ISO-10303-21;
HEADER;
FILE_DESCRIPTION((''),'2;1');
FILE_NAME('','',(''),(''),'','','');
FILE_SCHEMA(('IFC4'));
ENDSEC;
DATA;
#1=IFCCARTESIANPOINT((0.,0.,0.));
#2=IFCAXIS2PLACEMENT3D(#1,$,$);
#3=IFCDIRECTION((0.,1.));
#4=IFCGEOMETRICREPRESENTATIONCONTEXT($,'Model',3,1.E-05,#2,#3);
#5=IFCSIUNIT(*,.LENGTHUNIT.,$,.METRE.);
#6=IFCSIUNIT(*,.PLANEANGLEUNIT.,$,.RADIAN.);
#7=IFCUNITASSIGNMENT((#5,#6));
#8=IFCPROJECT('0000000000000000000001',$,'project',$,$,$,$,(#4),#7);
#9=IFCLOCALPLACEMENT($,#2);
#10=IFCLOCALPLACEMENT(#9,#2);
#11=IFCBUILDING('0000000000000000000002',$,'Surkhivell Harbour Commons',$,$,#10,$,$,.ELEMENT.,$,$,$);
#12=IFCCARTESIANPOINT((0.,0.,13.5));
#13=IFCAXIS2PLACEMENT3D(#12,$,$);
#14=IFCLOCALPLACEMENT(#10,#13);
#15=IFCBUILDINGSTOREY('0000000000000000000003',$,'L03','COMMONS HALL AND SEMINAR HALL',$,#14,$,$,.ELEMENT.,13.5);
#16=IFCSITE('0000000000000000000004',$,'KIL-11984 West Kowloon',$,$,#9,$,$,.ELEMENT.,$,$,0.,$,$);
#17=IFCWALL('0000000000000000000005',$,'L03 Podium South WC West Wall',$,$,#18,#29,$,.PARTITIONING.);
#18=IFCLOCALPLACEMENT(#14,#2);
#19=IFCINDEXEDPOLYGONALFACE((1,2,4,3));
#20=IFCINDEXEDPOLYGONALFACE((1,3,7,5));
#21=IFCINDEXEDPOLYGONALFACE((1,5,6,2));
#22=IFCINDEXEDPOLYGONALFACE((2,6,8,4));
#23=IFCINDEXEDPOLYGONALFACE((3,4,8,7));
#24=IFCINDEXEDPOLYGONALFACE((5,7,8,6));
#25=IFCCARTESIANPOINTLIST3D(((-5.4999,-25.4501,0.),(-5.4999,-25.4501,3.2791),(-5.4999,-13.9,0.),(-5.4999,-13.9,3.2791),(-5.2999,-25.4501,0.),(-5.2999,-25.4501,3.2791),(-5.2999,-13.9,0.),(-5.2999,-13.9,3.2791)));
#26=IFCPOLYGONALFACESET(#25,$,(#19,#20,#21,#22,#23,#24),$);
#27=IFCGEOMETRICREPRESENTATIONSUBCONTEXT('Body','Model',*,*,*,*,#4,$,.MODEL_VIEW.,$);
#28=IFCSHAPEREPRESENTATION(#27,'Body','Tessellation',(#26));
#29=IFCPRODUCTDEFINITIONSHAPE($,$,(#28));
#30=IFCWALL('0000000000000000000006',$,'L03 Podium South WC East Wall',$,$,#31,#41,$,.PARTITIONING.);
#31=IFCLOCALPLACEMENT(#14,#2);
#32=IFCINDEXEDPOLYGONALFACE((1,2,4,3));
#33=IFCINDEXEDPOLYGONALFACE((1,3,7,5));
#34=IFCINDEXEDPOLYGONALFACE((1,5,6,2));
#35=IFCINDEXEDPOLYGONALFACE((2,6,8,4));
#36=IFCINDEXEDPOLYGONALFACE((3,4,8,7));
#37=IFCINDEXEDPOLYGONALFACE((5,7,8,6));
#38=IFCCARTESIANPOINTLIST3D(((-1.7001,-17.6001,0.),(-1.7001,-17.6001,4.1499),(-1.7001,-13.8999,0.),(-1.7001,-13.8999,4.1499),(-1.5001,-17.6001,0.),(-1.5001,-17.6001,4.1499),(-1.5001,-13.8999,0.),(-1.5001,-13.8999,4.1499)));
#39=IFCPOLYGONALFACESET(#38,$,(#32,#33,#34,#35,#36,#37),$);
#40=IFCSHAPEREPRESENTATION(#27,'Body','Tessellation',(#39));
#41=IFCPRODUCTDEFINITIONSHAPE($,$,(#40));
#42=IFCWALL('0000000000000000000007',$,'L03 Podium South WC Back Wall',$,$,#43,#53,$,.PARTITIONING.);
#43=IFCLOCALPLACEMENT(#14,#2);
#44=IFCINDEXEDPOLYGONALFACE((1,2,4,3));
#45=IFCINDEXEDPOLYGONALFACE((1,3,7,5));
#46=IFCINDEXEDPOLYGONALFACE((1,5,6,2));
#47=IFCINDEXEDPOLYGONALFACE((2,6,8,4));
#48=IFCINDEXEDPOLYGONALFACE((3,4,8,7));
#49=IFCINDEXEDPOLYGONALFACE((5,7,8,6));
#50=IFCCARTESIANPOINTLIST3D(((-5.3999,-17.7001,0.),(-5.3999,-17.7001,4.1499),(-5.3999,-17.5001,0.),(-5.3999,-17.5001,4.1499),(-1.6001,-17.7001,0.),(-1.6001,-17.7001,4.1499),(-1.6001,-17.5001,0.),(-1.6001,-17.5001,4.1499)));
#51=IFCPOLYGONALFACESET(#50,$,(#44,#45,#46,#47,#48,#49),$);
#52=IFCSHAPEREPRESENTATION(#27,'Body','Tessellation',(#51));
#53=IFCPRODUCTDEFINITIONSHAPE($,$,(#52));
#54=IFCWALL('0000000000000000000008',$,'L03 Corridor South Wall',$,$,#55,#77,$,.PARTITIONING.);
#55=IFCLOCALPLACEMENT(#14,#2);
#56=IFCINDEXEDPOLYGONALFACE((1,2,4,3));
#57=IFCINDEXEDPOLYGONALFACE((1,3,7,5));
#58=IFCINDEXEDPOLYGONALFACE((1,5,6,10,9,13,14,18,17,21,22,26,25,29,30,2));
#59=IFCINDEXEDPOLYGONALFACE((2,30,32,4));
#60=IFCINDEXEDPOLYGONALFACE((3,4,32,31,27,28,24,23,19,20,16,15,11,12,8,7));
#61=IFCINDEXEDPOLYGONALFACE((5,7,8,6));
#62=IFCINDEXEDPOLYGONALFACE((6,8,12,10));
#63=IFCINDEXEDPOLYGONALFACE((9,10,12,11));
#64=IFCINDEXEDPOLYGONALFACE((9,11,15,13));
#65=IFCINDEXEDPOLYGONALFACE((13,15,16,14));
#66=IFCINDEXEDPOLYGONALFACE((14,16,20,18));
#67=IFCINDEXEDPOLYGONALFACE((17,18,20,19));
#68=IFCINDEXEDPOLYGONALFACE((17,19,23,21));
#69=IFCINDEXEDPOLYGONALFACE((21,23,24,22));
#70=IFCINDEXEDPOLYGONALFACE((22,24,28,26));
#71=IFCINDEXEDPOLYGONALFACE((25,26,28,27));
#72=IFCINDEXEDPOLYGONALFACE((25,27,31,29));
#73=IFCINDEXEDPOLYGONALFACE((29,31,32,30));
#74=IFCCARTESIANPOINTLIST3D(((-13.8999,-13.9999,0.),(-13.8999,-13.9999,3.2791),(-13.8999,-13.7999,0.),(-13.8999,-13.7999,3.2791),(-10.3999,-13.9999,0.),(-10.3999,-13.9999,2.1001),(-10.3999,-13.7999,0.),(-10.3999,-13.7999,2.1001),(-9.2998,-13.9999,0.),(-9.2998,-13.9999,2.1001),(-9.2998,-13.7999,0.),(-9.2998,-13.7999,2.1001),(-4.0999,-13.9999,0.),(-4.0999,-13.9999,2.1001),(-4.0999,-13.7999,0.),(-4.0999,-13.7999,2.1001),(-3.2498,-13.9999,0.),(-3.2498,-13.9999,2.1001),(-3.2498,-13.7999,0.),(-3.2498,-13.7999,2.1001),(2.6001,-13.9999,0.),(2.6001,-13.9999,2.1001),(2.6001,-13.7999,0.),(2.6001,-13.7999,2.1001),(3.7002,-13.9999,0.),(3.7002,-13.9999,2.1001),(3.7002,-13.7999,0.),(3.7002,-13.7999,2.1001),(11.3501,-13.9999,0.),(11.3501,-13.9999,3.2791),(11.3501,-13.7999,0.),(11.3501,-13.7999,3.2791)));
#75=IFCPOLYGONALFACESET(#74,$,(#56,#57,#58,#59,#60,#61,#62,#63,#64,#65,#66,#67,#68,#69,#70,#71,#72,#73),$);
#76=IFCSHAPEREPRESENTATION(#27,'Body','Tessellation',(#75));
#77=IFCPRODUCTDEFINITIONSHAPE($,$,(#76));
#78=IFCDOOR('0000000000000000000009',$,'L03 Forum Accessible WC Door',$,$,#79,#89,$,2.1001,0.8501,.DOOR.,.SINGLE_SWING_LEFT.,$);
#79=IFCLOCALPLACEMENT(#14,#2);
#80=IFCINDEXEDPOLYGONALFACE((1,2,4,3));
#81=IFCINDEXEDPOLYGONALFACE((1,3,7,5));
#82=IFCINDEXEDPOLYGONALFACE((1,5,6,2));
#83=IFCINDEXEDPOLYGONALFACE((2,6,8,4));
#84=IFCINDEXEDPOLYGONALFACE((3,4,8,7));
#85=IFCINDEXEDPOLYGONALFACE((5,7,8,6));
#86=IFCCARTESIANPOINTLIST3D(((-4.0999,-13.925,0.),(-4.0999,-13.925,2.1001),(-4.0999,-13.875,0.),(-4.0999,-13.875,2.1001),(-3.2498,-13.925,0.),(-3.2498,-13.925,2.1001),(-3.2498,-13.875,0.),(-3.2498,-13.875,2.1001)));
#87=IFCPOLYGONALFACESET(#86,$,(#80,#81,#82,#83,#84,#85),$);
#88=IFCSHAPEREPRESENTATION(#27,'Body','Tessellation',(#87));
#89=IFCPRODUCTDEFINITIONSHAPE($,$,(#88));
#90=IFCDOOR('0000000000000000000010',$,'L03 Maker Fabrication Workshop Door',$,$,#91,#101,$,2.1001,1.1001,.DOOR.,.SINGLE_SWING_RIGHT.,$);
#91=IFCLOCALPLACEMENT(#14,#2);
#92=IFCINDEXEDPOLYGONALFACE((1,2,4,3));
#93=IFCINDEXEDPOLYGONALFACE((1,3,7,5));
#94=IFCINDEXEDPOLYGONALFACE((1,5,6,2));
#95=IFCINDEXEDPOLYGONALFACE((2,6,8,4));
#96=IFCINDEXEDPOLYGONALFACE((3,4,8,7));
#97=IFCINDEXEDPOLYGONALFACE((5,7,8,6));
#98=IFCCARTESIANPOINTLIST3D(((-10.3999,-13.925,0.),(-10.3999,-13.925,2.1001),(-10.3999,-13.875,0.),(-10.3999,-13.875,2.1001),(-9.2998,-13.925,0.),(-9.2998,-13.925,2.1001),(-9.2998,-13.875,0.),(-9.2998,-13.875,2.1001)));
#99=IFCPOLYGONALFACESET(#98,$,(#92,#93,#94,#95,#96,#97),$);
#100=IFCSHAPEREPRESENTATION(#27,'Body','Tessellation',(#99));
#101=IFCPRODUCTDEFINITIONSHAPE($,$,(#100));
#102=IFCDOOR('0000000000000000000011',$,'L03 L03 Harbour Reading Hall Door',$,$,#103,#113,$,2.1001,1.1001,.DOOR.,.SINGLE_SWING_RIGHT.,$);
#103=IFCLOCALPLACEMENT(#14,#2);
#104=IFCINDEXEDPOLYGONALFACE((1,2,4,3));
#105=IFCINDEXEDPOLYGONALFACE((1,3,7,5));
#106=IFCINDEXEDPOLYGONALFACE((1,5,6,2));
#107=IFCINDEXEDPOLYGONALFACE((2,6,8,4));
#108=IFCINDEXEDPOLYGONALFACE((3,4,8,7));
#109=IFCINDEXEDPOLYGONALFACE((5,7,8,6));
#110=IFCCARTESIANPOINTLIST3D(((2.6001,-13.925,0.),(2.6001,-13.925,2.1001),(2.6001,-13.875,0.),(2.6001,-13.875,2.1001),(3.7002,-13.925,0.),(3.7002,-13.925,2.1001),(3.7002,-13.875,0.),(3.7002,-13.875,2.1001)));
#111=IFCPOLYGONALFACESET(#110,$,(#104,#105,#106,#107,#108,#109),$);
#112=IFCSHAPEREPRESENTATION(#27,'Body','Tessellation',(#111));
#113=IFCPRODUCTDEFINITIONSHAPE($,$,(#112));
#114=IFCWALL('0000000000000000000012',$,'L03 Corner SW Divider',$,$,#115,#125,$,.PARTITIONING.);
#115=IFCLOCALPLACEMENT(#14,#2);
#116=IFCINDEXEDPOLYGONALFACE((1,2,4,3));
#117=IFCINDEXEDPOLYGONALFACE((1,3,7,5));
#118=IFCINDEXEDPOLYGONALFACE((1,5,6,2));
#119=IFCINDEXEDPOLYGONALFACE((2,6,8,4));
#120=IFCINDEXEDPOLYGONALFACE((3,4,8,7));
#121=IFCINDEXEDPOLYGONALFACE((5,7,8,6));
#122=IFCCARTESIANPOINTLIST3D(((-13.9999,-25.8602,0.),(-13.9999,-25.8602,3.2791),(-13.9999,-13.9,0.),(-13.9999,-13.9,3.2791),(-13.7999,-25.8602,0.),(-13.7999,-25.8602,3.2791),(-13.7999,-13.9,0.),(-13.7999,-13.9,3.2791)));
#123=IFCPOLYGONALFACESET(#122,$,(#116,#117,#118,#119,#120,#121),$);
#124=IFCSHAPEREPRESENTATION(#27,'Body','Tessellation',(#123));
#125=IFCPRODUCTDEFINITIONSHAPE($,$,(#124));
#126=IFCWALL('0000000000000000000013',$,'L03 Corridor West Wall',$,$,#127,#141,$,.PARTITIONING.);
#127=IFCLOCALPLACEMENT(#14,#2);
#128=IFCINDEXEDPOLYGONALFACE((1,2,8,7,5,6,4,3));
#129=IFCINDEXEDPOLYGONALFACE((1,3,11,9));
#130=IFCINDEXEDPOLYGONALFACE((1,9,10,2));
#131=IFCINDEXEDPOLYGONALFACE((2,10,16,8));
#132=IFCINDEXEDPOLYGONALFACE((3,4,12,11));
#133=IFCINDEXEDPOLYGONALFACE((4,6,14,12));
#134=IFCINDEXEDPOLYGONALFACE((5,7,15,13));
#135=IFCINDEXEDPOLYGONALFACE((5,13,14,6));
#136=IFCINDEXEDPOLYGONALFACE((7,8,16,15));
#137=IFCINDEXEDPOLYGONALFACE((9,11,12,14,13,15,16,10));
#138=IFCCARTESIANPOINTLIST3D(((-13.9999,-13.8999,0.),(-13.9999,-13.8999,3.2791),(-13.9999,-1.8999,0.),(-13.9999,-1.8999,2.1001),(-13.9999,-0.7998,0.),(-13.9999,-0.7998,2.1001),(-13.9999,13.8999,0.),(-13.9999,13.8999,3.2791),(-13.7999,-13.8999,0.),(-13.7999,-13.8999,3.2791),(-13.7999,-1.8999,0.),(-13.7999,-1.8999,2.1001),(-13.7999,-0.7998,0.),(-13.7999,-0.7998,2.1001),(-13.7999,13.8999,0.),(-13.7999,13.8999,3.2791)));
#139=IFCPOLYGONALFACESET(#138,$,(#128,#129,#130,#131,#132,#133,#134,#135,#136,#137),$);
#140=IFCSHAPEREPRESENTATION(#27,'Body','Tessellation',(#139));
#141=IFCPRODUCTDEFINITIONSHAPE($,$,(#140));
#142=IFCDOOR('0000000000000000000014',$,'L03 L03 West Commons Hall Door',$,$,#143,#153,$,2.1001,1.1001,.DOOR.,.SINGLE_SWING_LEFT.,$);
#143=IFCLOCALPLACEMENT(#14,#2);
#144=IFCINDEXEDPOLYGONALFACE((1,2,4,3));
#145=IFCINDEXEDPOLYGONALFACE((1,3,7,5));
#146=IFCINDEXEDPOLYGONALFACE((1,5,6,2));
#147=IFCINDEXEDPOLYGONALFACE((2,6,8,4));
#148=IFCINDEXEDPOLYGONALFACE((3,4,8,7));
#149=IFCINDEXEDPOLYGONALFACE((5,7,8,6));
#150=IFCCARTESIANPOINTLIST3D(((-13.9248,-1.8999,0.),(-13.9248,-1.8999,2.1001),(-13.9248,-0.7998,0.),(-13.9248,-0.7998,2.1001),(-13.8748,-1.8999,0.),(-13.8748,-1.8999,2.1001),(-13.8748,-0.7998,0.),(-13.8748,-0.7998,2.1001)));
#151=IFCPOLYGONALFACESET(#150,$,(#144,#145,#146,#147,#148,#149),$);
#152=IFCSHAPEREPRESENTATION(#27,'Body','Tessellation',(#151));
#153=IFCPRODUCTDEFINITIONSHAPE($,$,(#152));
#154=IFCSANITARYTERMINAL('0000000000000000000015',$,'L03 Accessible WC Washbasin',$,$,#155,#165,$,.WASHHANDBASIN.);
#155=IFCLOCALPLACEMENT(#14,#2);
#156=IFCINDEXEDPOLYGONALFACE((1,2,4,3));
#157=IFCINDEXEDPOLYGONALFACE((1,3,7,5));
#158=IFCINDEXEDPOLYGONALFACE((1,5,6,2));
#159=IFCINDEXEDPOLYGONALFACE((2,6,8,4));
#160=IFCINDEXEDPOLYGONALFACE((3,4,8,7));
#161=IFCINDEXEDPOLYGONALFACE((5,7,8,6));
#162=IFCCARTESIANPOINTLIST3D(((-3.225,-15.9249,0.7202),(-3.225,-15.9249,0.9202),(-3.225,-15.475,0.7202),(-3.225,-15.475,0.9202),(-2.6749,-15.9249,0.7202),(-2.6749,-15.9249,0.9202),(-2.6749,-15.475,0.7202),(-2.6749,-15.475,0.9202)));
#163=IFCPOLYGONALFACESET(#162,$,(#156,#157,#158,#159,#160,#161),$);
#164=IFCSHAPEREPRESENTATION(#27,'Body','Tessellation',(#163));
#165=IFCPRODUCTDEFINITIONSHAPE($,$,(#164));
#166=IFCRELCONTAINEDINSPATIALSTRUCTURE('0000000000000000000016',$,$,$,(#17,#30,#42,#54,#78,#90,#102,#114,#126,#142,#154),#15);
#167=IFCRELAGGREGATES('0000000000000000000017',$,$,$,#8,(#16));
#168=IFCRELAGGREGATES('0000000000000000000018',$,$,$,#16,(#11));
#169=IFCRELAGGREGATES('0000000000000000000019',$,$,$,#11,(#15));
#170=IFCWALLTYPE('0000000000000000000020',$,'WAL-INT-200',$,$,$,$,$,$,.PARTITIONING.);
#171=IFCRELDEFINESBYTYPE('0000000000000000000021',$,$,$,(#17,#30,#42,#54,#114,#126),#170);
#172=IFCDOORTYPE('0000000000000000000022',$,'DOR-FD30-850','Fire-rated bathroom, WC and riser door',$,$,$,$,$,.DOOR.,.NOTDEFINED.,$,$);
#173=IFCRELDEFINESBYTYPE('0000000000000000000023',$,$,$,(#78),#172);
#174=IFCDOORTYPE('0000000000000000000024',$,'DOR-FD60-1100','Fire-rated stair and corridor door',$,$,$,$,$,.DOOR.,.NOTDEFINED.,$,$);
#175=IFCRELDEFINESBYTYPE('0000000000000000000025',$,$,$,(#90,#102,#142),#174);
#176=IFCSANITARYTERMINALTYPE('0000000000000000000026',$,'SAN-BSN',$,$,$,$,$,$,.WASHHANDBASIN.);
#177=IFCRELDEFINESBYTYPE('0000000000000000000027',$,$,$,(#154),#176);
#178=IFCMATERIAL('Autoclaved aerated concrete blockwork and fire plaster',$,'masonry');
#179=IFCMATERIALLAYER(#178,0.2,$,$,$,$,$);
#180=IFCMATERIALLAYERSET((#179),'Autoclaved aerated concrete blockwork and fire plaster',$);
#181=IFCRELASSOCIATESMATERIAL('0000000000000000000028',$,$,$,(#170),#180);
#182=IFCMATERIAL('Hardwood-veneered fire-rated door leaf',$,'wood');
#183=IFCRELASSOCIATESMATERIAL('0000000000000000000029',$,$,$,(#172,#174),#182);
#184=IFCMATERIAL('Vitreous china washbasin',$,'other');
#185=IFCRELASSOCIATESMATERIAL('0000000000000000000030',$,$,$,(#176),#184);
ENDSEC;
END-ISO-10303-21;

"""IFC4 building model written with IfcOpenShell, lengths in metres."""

from ifc_helpers import new_model, si_unit, direction, frame, frame_2d, origin, origin_2d, place, context, subcontext, project, spatial, rectangle, extrude, material, layer, layer_set, type_object, element, fill, save


model = new_model("IFC4")

# Units and contexts
model_context = context("Model", 3, precision=1e-05, world=origin(), true_north=direction((0.0, 1.0)))
body_context = subcontext(model_context, "Body", "Model", "MODEL_VIEW")
ifc_project = project(units=[si_unit("LENGTHUNIT", "METRE"), si_unit("PLANEANGLEUNIT", "RADIAN")], contexts=[model_context])

# Site, building, storey
site_placement = place(None, origin())
site = spatial("IfcSite", under=ifc_project, at=site_placement, Name="KIL-11984 West Kowloon", CompositionType="ELEMENT", RefElevation=0.0)
building_placement = place(site_placement, origin())
building = spatial("IfcBuilding", under=site, at=building_placement, Name="Surkhivell Harbour Commons", CompositionType="ELEMENT")
storey_placement = place(building_placement, frame((0.0, 0.0, 13.5)))
storey = spatial("IfcBuildingStorey", under=building, at=storey_placement, Name="L03", Description="COMMONS HALL AND SEMINAR HALL", CompositionType="ELEMENT", Elevation=13.5)

# Walls
ifc_material_1 = material(Name="Autoclaved aerated concrete blockwork and fire plaster", Category="masonry")
ifc_layer_1 = layer(ifc_material_1, 0.2)
ifc_layer_set_1 = layer_set([ifc_layer_1], Name="Autoclaved aerated concrete blockwork and fire plaster")
wall_type_1 = type_object("IfcWallType", Name="WAL-INT-200", PredefinedType="PARTITIONING", material=ifc_layer_set_1)
wall_1_placement = place(storey_placement, frame((-5.3999, -25.45, 0.0), z_axis=(0.0, 0.0, 1.0), x_axis=(0.0, 1.0, 0.0)))
element("IfcWall", 1, at=wall_1_placement, inside=storey, type_object=wall_type_1, Name="L03 Podium South WC West Wall", PredefinedType="PARTITIONING", context=body_context, shape_type="SweptSolid", body=[
    extrude(rectangle(XDim=11.55, YDim=0.2, at=frame_2d((5.7749, 0.0))), origin(), (0.0, 0.0, 1.0), 3.2791),
])
wall_2_placement = place(storey_placement, frame((-1.6001, -17.6001, 0.0), z_axis=(0.0, 0.0, 1.0), x_axis=(0.0, 1.0, 0.0)))
element("IfcWall", 2, at=wall_2_placement, inside=storey, type_object=wall_type_1, Name="L03 Podium South WC East Wall", PredefinedType="PARTITIONING", context=body_context, shape_type="SweptSolid", body=[
    extrude(rectangle(XDim=3.7002, YDim=0.2, at=frame_2d((1.8501, 0.0))), origin(), (0.0, 0.0, 1.0), 4.1499),
])
wall_3_placement = place(storey_placement, frame((-5.3999, -17.6001, 0.0), z_axis=(0.0, 0.0, 1.0), x_axis=(1.0, 0.0, 0.0)))
element("IfcWall", 3, at=wall_3_placement, inside=storey, type_object=wall_type_1, Name="L03 Podium South WC Back Wall", PredefinedType="PARTITIONING", context=body_context, shape_type="SweptSolid", body=[
    extrude(rectangle(XDim=3.7998, YDim=0.2, at=frame_2d((1.8999, 0.0))), origin(), (0.0, 0.0, 1.0), 4.1499),
])

# Wall, openings, doors
wall_4_placement = place(storey_placement, frame((-13.8999, -13.8999, 0.0), z_axis=(0.0, 0.0, 1.0), x_axis=(1.0, 0.0, 0.0)))
wall_4 = element("IfcWall", 4, at=wall_4_placement, inside=storey, type_object=wall_type_1, Name="L03 Corridor South Wall", PredefinedType="PARTITIONING", context=body_context, shape_type="SweptSolid", body=[
    extrude(rectangle(XDim=25.25, YDim=0.2, at=frame_2d((12.625, 0.0))), origin(), (0.0, 0.0, 1.0), 3.2791),
])
opening_1_placement = place(wall_4_placement, frame((3.5, 0.0, 0.0)))
opening_1 = element("IfcOpeningElement", 5, at=opening_1_placement, cuts=wall_4, PredefinedType="OPENING", context=body_context, shape_type="SweptSolid", body=[
    extrude(rectangle(XDim=1.1001, YDim=2.1001, at=frame_2d((0.55, 1.05))), frame((0.0, 0.1099, 0.0), z_axis=(0.0, -1.0, 0.0), x_axis=(1.0, 0.0, 0.0)), (0.0, 0.0, 1.0), 0.22),
])
opening_2_placement = place(wall_4_placement, frame((9.8, 0.0, 0.0)))
opening_2 = element("IfcOpeningElement", 6, at=opening_2_placement, cuts=wall_4, PredefinedType="OPENING", context=body_context, shape_type="SweptSolid", body=[
    extrude(rectangle(XDim=0.8501, YDim=2.1001, at=frame_2d((0.425, 1.05))), frame((0.0, 0.1099, 0.0), z_axis=(0.0, -1.0, 0.0), x_axis=(1.0, 0.0, 0.0)), (0.0, 0.0, 1.0), 0.22),
])
opening_3_placement = place(wall_4_placement, frame((16.5, 0.0, 0.0)))
opening_3 = element("IfcOpeningElement", 7, at=opening_3_placement, cuts=wall_4, PredefinedType="OPENING", context=body_context, shape_type="SweptSolid", body=[
    extrude(rectangle(XDim=1.1001, YDim=2.1001, at=frame_2d((0.55, 1.05))), frame((0.0, 0.1099, 0.0), z_axis=(0.0, -1.0, 0.0), x_axis=(1.0, 0.0, 0.0)), (0.0, 0.0, 1.0), 0.22),
])
ifc_material_2 = material(Name="Hardwood-veneered fire-rated door leaf", Category="wood")
door_type_1 = type_object("IfcDoorType", Name="DOR-FD30-850", Description="Fire-rated bathroom, WC and riser door", OperationType="NOTDEFINED", PredefinedType="DOOR", material=ifc_material_2)
door_1_placement = place(opening_2_placement, origin())
door_1 = element("IfcDoor", 8, at=door_1_placement, inside=storey, type_object=door_type_1, Name="L03 Forum Accessible WC Door", OperationType="SINGLE_SWING_LEFT", OverallHeight=2.1001, OverallWidth=0.8501, PredefinedType="DOOR", context=body_context, shape_type="SweptSolid", body=[
    extrude(rectangle(XDim=0.8501, YDim=2.1001, at=frame_2d((0.425, 1.05))), frame((0.0, 0.0249, 0.0), z_axis=(0.0, -1.0, 0.0), x_axis=(1.0, 0.0, 0.0)), (0.0, 0.0, 1.0), 0.05),
])
fill(opening_2, door_1)
door_type_2 = type_object("IfcDoorType", Name="DOR-FD60-1100", Description="Fire-rated stair and corridor door", OperationType="NOTDEFINED", PredefinedType="DOOR", material=ifc_material_2)
door_2_placement = place(opening_1_placement, origin())
door_2 = element("IfcDoor", 9, at=door_2_placement, inside=storey, type_object=door_type_2, Name="L03 Maker Fabrication Workshop Door", OperationType="SINGLE_SWING_RIGHT", OverallHeight=2.1001, OverallWidth=1.1001, PredefinedType="DOOR", context=body_context, shape_type="SweptSolid", body=[
    extrude(rectangle(XDim=1.1001, YDim=2.1001, at=frame_2d((0.55, 1.05))), frame((0.0, 0.0249, 0.0), z_axis=(0.0, -1.0, 0.0), x_axis=(1.0, 0.0, 0.0)), (0.0, 0.0, 1.0), 0.05),
])
fill(opening_1, door_2)
door_3_placement = place(opening_3_placement, origin())
door_3 = element("IfcDoor", 10, at=door_3_placement, inside=storey, type_object=door_type_2, Name="L03 L03 Harbour Reading Hall Door", OperationType="SINGLE_SWING_RIGHT", OverallHeight=2.1001, OverallWidth=1.1001, PredefinedType="DOOR", context=body_context, shape_type="SweptSolid", body=[
    extrude(rectangle(XDim=1.1001, YDim=2.1001, at=frame_2d((0.55, 1.05))), frame((0.0, 0.0249, 0.0), z_axis=(0.0, -1.0, 0.0), x_axis=(1.0, 0.0, 0.0)), (0.0, 0.0, 1.0), 0.05),
])
fill(opening_3, door_3)

# Wall
wall_5_placement = place(storey_placement, frame((-13.8999, -25.8601, 0.0), z_axis=(0.0, 0.0, 1.0), x_axis=(0.0, 1.0, 0.0)))
element("IfcWall", 11, at=wall_5_placement, inside=storey, type_object=wall_type_1, Name="L03 Corner SW Divider", PredefinedType="PARTITIONING", context=body_context, shape_type="SweptSolid", body=[
    extrude(rectangle(XDim=11.9602, YDim=0.2, at=frame_2d((5.98, 0.0))), origin(), (0.0, 0.0, 1.0), 3.2791),
])

# Wall, opening, door
wall_6_placement = place(storey_placement, frame((-13.8999, -13.8999, 0.0), z_axis=(0.0, 0.0, 1.0), x_axis=(0.0, 1.0, 0.0)))
wall_6 = element("IfcWall", 12, at=wall_6_placement, inside=storey, type_object=wall_type_1, Name="L03 Corridor West Wall", PredefinedType="PARTITIONING", context=body_context, shape_type="SweptSolid", body=[
    extrude(rectangle(XDim=27.7998, YDim=0.2, at=frame_2d((13.8999, 0.0))), origin(), (0.0, 0.0, 1.0), 3.2791),
])
opening_4_placement = place(wall_6_placement, frame((12.0, 0.0, 0.0)))
opening_4 = element("IfcOpeningElement", 13, at=opening_4_placement, cuts=wall_6, PredefinedType="OPENING", context=body_context, shape_type="SweptSolid", body=[
    extrude(rectangle(XDim=1.1001, YDim=2.1001, at=frame_2d((0.55, 1.05))), frame((0.0, 0.1099, 0.0), z_axis=(0.0, -1.0, 0.0), x_axis=(1.0, 0.0, 0.0)), (0.0, 0.0, 1.0), 0.22),
])
door_4_placement = place(opening_4_placement, origin())
door_4 = element("IfcDoor", 14, at=door_4_placement, inside=storey, type_object=door_type_2, Name="L03 L03 West Commons Hall Door", OperationType="SINGLE_SWING_LEFT", OverallHeight=2.1001, OverallWidth=1.1001, PredefinedType="DOOR", context=body_context, shape_type="SweptSolid", body=[
    extrude(rectangle(XDim=1.1001, YDim=2.1001, at=frame_2d((0.55, 1.05))), frame((0.0, 0.0249, 0.0), z_axis=(0.0, -1.0, 0.0), x_axis=(1.0, 0.0, 0.0)), (0.0, 0.0, 1.0), 0.05),
])
fill(opening_4, door_4)

# Sanitary terminal
ifc_material_3 = material(Name="Vitreous china washbasin", Category="other")
sanitary_terminal_type_1 = type_object("IfcSanitaryTerminalType", Name="SAN-BSN", PredefinedType="WASHHANDBASIN", material=ifc_material_3)
sanitary_terminal_1_placement = place(storey_placement, frame((-2.95, -15.7, 0.7202), z_axis=(0.0, 0.0, 1.0), x_axis=(1.0, 0.0, 0.0)))
element("IfcSanitaryTerminal", 15, at=sanitary_terminal_1_placement, inside=storey, type_object=sanitary_terminal_type_1, Name="L03 Accessible WC Washbasin", PredefinedType="WASHHANDBASIN", context=body_context, shape_type="SweptSolid", body=[
    extrude(rectangle(XDim=0.55, YDim=0.45, at=origin_2d()), origin(), (0.0, 0.0, 1.0), 0.2),
])

save(model, "model.ifc")
